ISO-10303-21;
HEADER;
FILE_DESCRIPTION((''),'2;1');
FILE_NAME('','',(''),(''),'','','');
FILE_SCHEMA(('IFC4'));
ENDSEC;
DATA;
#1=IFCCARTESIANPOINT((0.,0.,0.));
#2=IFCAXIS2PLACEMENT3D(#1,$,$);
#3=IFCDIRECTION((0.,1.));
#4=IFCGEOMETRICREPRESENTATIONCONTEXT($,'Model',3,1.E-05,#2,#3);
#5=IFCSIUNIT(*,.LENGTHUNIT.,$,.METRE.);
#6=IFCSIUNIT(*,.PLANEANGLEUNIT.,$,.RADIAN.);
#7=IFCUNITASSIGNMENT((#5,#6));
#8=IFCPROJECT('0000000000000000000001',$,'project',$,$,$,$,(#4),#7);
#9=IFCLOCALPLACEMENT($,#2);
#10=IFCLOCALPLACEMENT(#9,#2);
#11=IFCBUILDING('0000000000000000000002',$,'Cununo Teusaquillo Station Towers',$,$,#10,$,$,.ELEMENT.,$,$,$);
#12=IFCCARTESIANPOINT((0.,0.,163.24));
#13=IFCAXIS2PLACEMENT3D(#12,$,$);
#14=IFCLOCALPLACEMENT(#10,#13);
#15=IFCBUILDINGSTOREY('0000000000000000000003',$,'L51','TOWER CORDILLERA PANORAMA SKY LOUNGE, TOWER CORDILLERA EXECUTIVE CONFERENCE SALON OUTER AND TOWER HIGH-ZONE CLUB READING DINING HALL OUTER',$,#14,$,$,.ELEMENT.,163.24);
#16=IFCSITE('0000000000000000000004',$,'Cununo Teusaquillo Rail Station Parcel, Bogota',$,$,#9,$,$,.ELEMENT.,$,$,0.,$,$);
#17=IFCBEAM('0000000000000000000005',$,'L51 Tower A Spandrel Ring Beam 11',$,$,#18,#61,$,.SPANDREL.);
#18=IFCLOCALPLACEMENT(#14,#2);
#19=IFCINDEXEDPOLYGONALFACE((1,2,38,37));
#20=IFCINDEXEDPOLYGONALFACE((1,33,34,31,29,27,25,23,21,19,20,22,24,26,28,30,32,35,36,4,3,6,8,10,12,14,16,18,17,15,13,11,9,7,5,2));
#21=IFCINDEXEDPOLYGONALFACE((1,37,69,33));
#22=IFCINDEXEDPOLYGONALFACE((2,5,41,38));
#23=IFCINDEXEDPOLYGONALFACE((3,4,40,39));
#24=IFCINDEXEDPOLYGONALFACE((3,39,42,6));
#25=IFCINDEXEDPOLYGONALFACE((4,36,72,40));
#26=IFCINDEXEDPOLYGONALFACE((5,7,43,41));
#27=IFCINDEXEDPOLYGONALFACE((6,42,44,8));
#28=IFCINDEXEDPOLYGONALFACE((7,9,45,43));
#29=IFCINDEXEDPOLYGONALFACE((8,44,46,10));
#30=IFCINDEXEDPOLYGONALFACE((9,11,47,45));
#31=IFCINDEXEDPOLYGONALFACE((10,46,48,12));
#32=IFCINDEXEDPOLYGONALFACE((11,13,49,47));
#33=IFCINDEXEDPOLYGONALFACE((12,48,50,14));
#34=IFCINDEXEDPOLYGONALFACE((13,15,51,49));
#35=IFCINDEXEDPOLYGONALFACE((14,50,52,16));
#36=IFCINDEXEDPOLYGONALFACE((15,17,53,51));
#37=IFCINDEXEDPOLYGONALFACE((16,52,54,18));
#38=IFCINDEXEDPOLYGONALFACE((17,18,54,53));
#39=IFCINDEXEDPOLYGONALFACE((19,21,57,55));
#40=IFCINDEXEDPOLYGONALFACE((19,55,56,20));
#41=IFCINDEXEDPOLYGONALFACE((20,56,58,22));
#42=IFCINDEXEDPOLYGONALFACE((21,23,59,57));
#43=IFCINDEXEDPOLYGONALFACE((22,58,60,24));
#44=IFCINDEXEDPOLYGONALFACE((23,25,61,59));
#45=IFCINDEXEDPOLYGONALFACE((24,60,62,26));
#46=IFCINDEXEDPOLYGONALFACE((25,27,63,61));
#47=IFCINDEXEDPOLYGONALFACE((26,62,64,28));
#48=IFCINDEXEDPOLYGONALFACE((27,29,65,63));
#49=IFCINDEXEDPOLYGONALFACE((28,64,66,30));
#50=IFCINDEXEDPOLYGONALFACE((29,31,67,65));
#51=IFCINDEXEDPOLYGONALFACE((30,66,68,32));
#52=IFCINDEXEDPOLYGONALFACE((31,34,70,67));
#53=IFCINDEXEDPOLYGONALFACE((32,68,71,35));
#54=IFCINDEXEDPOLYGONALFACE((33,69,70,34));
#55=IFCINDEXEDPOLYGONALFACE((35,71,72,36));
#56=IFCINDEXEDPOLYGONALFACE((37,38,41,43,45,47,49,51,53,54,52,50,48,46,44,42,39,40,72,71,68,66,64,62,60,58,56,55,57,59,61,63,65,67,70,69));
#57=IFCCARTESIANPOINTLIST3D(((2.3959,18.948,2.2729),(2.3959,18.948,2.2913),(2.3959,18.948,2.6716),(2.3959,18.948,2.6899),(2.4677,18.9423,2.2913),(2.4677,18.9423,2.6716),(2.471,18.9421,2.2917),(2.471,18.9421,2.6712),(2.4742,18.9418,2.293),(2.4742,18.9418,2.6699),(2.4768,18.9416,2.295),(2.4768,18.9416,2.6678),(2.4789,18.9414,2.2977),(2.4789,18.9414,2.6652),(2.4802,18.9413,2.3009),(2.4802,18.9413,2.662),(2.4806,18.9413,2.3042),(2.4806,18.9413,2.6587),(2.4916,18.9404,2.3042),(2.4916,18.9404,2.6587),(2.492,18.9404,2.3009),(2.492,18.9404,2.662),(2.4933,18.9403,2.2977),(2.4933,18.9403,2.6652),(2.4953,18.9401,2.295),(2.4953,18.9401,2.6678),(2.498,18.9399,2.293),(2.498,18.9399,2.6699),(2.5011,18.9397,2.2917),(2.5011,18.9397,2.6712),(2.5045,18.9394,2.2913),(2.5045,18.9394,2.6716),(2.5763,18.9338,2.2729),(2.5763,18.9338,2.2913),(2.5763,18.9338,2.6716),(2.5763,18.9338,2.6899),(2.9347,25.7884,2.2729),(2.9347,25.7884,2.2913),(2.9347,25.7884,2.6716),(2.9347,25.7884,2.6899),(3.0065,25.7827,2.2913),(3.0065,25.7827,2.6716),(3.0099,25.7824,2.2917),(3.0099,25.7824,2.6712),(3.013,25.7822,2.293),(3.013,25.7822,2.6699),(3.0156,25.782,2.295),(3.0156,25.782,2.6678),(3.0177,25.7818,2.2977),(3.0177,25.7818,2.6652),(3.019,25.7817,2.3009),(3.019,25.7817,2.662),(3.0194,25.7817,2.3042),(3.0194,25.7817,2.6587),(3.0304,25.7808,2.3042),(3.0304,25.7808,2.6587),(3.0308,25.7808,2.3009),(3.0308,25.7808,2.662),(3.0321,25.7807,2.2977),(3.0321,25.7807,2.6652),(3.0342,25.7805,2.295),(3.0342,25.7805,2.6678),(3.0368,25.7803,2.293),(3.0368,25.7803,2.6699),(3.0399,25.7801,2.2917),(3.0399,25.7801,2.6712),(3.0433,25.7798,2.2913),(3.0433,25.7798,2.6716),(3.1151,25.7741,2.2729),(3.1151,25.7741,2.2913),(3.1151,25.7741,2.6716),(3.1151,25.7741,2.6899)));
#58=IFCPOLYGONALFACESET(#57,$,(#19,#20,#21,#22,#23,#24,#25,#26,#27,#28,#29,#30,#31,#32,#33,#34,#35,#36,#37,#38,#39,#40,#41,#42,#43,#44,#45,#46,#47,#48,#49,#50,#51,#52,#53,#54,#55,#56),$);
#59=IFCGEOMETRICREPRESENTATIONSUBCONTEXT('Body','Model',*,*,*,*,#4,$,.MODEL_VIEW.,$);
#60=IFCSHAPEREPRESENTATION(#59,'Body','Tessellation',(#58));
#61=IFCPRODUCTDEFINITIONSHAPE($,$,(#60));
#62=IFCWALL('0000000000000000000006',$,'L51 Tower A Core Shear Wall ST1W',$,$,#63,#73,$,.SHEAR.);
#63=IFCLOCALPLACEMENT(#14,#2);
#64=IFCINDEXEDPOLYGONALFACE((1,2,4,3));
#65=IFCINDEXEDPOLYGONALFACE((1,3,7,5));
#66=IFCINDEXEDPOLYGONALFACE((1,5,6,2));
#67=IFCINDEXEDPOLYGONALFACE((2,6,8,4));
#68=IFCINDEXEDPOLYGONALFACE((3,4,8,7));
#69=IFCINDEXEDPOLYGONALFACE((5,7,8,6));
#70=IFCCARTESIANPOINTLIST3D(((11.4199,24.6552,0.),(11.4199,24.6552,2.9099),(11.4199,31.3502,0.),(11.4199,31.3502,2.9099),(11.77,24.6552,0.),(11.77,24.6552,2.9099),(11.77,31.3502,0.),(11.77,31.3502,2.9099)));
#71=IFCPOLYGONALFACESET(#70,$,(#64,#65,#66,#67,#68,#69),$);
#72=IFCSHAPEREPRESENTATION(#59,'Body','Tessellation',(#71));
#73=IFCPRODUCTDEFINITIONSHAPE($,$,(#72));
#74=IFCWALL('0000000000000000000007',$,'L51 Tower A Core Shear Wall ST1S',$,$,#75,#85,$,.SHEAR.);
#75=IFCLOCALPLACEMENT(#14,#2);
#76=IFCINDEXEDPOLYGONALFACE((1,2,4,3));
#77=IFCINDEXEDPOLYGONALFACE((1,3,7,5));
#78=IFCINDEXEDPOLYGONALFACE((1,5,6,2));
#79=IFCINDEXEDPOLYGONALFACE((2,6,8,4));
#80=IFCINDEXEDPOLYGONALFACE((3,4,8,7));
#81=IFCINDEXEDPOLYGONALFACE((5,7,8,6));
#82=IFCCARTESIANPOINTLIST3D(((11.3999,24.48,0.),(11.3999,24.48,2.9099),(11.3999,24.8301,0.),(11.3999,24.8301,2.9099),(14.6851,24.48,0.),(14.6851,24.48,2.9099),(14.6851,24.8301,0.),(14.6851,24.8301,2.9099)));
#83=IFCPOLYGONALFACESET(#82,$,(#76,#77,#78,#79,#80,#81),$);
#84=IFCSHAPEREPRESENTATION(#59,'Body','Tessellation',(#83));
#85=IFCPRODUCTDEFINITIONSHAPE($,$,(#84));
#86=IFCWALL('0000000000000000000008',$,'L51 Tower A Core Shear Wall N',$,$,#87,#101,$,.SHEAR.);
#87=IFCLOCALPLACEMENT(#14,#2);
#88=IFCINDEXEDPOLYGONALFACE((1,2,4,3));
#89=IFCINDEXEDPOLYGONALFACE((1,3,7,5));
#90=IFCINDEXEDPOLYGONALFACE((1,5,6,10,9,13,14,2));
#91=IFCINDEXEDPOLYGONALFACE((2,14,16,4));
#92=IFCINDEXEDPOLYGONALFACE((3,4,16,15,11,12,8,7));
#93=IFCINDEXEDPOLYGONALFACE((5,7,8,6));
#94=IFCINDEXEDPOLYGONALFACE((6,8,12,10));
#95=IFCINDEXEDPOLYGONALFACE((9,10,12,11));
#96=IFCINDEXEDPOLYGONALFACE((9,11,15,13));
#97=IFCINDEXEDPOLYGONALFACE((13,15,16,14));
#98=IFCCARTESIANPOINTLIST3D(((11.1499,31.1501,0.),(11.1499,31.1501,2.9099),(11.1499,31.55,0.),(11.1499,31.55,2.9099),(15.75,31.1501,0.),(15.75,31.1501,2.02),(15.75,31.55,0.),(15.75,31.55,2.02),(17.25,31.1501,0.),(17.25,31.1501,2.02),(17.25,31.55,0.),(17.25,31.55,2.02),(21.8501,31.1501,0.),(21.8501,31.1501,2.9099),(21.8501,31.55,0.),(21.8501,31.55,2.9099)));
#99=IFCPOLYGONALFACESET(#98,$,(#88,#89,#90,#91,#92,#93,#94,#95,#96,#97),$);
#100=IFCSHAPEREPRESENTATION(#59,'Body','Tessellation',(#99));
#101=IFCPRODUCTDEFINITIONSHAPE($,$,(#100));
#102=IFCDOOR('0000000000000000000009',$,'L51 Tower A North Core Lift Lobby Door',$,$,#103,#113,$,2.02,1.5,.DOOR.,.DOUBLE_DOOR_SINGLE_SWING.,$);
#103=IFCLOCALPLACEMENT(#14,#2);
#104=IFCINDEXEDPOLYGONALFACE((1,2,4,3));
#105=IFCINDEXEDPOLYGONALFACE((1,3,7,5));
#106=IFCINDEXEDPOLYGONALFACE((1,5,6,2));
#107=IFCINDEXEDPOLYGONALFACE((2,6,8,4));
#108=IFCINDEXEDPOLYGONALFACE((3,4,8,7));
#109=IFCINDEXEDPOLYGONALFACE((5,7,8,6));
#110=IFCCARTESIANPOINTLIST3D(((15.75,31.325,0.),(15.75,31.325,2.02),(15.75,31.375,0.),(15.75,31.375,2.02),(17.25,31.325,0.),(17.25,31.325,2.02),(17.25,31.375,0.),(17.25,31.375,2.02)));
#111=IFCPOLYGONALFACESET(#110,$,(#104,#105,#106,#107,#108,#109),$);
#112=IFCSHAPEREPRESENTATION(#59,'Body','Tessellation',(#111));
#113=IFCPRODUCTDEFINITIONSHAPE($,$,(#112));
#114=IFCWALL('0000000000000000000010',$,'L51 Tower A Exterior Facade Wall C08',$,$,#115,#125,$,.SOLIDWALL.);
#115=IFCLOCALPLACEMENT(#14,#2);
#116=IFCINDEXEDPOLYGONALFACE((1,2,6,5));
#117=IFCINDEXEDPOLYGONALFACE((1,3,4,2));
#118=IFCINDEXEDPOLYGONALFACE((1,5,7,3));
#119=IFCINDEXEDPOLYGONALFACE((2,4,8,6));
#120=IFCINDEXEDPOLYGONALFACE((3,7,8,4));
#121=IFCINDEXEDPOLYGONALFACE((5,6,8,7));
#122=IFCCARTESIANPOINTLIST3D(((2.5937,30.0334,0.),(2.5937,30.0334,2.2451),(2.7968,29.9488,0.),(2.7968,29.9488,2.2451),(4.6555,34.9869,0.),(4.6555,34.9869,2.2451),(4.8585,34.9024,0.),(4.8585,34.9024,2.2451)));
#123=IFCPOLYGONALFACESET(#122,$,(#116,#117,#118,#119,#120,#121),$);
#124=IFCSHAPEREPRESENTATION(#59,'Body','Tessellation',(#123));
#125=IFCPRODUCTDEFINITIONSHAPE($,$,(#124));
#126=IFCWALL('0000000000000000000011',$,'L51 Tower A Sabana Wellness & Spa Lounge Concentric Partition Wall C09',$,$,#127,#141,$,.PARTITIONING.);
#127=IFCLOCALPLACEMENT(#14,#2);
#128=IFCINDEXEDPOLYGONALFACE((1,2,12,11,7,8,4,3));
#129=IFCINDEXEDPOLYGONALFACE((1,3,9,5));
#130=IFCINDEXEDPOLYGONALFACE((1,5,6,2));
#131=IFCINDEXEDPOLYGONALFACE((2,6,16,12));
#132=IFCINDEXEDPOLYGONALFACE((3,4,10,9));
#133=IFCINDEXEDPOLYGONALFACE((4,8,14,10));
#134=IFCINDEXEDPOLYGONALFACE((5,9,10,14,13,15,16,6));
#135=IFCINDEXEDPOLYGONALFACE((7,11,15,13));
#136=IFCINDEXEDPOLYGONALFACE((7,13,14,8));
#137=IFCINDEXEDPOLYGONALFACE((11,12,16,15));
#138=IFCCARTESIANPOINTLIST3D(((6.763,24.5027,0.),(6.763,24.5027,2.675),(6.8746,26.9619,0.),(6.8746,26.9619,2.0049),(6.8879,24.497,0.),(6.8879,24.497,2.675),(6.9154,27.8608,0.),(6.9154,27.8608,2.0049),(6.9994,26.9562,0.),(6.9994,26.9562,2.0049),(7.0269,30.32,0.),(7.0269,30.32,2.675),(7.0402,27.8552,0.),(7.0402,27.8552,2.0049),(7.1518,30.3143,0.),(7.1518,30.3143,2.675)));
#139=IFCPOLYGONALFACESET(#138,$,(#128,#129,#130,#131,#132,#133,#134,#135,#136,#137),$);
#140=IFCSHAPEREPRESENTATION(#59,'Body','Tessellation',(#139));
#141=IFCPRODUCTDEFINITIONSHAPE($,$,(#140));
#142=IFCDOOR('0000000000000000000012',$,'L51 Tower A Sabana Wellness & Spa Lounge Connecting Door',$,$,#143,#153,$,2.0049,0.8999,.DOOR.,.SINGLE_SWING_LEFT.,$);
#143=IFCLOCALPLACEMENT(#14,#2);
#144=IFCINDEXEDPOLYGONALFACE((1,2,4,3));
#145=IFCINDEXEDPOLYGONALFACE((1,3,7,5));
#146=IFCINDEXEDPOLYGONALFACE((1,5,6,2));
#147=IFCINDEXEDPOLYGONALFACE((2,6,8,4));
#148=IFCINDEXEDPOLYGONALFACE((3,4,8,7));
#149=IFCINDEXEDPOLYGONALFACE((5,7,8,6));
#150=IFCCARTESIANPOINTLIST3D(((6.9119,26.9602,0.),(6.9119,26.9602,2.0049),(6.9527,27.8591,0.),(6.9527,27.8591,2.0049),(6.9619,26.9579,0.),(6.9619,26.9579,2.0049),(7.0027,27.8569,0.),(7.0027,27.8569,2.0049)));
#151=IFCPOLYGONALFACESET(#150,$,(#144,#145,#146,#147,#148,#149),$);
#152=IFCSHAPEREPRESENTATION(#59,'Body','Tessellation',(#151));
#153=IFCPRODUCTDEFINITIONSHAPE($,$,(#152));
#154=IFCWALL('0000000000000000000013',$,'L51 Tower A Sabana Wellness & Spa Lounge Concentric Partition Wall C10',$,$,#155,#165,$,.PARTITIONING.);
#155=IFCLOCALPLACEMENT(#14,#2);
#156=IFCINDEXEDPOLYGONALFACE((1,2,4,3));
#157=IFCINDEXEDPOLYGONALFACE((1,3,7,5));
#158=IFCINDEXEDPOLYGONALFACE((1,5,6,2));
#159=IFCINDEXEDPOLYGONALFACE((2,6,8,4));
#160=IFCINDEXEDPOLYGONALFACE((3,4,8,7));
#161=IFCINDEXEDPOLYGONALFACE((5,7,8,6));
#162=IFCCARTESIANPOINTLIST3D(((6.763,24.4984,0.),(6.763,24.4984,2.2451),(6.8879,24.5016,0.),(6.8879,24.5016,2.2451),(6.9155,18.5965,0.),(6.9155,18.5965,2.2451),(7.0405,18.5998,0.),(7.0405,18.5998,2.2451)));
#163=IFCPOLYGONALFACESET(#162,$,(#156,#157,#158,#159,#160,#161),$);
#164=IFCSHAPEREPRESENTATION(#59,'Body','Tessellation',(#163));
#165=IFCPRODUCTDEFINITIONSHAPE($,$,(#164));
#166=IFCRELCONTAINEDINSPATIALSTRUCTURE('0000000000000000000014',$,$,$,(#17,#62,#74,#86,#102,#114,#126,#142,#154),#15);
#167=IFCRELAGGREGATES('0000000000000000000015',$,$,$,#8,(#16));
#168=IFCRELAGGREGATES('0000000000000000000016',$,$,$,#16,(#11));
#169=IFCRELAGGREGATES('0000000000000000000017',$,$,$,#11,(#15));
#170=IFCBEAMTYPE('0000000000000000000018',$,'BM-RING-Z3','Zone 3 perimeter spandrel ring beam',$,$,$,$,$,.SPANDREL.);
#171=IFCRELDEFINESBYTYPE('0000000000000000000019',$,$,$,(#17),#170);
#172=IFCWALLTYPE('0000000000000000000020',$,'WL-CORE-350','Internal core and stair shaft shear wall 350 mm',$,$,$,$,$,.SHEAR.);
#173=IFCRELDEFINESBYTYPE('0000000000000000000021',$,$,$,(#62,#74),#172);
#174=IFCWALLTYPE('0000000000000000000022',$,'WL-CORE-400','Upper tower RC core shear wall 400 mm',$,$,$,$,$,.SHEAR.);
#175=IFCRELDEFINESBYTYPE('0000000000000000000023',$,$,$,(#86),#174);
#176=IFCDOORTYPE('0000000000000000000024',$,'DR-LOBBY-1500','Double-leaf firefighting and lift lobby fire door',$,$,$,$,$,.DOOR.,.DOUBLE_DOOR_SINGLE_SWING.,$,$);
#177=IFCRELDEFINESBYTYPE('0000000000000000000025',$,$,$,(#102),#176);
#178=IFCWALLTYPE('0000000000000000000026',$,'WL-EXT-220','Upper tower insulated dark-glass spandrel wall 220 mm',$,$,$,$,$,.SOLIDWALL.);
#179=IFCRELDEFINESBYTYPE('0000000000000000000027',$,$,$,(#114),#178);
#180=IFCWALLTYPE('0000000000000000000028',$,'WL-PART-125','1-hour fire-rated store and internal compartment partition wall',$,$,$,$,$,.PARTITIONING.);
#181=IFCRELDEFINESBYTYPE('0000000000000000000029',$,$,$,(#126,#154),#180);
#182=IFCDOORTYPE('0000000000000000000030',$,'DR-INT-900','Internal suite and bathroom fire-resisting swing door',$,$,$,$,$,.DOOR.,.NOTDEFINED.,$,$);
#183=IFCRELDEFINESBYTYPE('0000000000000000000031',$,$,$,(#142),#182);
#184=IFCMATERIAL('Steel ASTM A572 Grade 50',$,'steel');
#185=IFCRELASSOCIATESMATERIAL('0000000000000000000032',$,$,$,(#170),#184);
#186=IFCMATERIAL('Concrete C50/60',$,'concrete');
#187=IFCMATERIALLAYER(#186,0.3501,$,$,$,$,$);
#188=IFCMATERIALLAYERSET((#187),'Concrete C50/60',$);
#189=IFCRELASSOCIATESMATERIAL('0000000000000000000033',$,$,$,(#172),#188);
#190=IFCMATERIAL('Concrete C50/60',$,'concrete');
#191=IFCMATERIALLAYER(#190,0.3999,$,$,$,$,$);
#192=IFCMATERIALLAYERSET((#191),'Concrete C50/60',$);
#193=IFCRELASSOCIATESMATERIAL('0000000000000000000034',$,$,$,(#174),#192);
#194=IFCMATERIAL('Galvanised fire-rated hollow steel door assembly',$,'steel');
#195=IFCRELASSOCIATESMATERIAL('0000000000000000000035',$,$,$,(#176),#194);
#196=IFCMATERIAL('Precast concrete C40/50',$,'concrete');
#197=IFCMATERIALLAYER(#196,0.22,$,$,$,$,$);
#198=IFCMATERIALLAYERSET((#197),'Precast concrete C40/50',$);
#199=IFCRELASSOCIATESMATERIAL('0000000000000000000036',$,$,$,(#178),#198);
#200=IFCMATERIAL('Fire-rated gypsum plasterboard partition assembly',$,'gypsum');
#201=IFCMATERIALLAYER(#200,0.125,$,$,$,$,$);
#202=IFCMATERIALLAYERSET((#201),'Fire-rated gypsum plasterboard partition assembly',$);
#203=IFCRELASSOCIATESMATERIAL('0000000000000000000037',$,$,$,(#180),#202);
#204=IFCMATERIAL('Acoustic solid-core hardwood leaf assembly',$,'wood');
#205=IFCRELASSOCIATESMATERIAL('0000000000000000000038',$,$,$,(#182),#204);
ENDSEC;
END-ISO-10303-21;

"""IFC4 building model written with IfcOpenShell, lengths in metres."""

from ifc_helpers import new_model, si_unit, direction, frame, frame_2d, origin, origin_2d, place, context, subcontext, project, spatial, rectangle, i_section, extrude, source, transform, mapped, material, layer, layer_set, material_profile, profile_set, type_object, element, fill, save


model = new_model("IFC4")

# Units and contexts
model_context = context("Model", 3, precision=1e-05, world=origin(), true_north=direction((0.0, 1.0)))
body_context = subcontext(model_context, "Body", "Model", "MODEL_VIEW")
ifc_project = project(units=[si_unit("LENGTHUNIT", "METRE"), si_unit("PLANEANGLEUNIT", "RADIAN")], contexts=[model_context])

# Site, building, storey
site_placement = place(None, origin())
site = spatial("IfcSite", under=ifc_project, at=site_placement, Name="Cununo Teusaquillo Rail Station Parcel, Bogota", CompositionType="ELEMENT", RefElevation=0.0)
building_placement = place(site_placement, origin())
building = spatial("IfcBuilding", under=site, at=building_placement, Name="Cununo Teusaquillo Station Towers", CompositionType="ELEMENT")
storey_placement = place(building_placement, frame((0.0, 0.0, 163.24)))
storey = spatial("IfcBuildingStorey", under=building, at=storey_placement, Name="L51", Description="TOWER CORDILLERA PANORAMA SKY LOUNGE, TOWER CORDILLERA EXECUTIVE CONFERENCE SALON OUTER AND TOWER HIGH-ZONE CLUB READING DINING HALL OUTER", CompositionType="ELEMENT", Elevation=163.24)

# Beam
ifc_material_1 = material(Name="Steel ASTM A572 Grade 50", Category="steel")
ifc_material_profile_1 = material_profile(ifc_material_1, i_section(OverallWidth=0.1809, OverallDepth=0.417, WebThickness=0.011, FlangeThickness=0.0183, FilletRadius=0.0129, at=origin_2d()), Name="W16X57")
ifc_profile_set_1 = profile_set([ifc_material_profile_1], Name="Steel ASTM A572 Grade 50")
beam_type_1 = type_object("IfcBeamType", Name="BM-RING-Z3", Description="Zone 3 perimeter spandrel ring beam", PredefinedType="SPANDREL", material=ifc_profile_set_1)
beam_1_placement = place(storey_placement, frame((3.0249, 25.7812, 2.4814), z_axis=(-0.078528, -0.996912, 0.0), x_axis=(0.996912, -0.078528, 0.0)))
element("IfcBeam", 1, at=beam_1_placement, inside=storey, type_object=beam_type_1, Name="L51 Tower A Spandrel Ring Beam 11", PredefinedType="SPANDREL", context=body_context, shape_type="SweptSolid", body=[
    extrude(i_section(OverallWidth=0.1809, OverallDepth=0.417, WebThickness=0.011, FlangeThickness=0.0183, FilletRadius=0.0129, at=origin_2d()), origin(), (0.0, 0.0, 1.0), 6.8616),
])

# Walls
ifc_material_2 = material(Name="Concrete C50/60", Category="concrete")
ifc_layer_1 = layer(ifc_material_2, 0.3501)
ifc_layer_set_1 = layer_set([ifc_layer_1], Name="Concrete C50/60")
wall_type_1 = type_object("IfcWallType", Name="WL-CORE-350", Description="Internal core and stair shaft shear wall 350 mm", PredefinedType="SHEAR", material=ifc_layer_set_1)
wall_1_placement = place(storey_placement, frame((11.595, 24.655, 0.0), z_axis=(0.0, 0.0, 1.0), x_axis=(0.0, 1.0, 0.0)))
element("IfcWall", 2, at=wall_1_placement, inside=storey, type_object=wall_type_1, Name="L51 Tower A Core Shear Wall ST1W", PredefinedType="SHEAR", context=body_context, shape_type="SweptSolid", body=[
    extrude(rectangle(XDim=6.6951, YDim=0.3501, at=frame_2d((3.3477, 0.0))), origin(), (0.0, 0.0, 1.0), 2.9099),
])
wall_2_placement = place(storey_placement, frame((11.3999, 24.655, 0.0), z_axis=(0.0, 0.0, 1.0), x_axis=(1.0, 0.0, 0.0)))
element("IfcWall", 3, at=wall_2_placement, inside=storey, type_object=wall_type_1, Name="L51 Tower A Core Shear Wall ST1S", PredefinedType="SHEAR", context=body_context, shape_type="SweptSolid", body=[
    extrude(rectangle(XDim=3.2852, YDim=0.3501, at=frame_2d((1.6426, 0.0))), origin(), (0.0, 0.0, 1.0), 2.9099),
])

# Wall, opening, door
ifc_material_3 = material(Name="Concrete C50/60", Category="concrete")
ifc_layer_2 = layer(ifc_material_3, 0.3999)
ifc_layer_set_2 = layer_set([ifc_layer_2], Name="Concrete C50/60")
wall_type_2 = type_object("IfcWallType", Name="WL-CORE-400", Description="Upper tower RC core shear wall 400 mm", PredefinedType="SHEAR", material=ifc_layer_set_2)
wall_3_placement = place(storey_placement, frame((11.1499, 31.3501, 0.0), z_axis=(0.0, 0.0, 1.0), x_axis=(1.0, 0.0, 0.0)))
wall_3 = element("IfcWall", 4, at=wall_3_placement, inside=storey, type_object=wall_type_2, Name="L51 Tower A Core Shear Wall N", PredefinedType="SHEAR", context=body_context, shape_type="SweptSolid", body=[
    extrude(rectangle(XDim=10.7002, YDim=0.3999, at=frame_2d((5.3501, 0.0))), origin(), (0.0, 0.0, 1.0), 2.9099),
])
shared_shape_1 = source(origin(), body_context, "Body", "SweptSolid", [
    extrude(rectangle(XDim=1.5, YDim=2.02, at=frame_2d((0.75, 1.01))), frame((0.0, 0.21, 0.0), z_axis=(0.0, -1.0, 0.0), x_axis=(1.0, 0.0, 0.0)), (0.0, 0.0, 1.0), 0.4199),
])
opening_1_placement = place(wall_3_placement, frame((4.6001, 0.0, 0.0)))
opening_1 = element("IfcOpeningElement", 5, at=opening_1_placement, cuts=wall_3, PredefinedType="OPENING", context=body_context, shape_type="MappedRepresentation", body=[
    mapped(shared_shape_1, transform((0.0, 0.0, 0.0), x_axis=(1.0, 0.0, 0.0), y_axis=(0.0, 1.0, 0.0), z_axis=(0.0, 0.0, 1.0), scale=1.0)),
])
ifc_material_4 = material(Name="Galvanised fire-rated hollow steel door assembly", Category="steel")
door_type_1 = type_object("IfcDoorType", Name="DR-LOBBY-1500", Description="Double-leaf firefighting and lift lobby fire door", OperationType="DOUBLE_DOOR_SINGLE_SWING", PredefinedType="DOOR", material=ifc_material_4)
shared_shape_2 = source(origin(), body_context, "Body", "SweptSolid", [
    extrude(rectangle(XDim=1.5, YDim=2.02, at=frame_2d((0.75, 1.01))), frame((0.0, 0.0249, 0.0), z_axis=(0.0, -1.0, 0.0), x_axis=(1.0, 0.0, 0.0)), (0.0, 0.0, 1.0), 0.05),
])
door_1_placement = place(opening_1_placement, origin())
door_1 = element("IfcDoor", 6, at=door_1_placement, inside=storey, type_object=door_type_1, Name="L51 Tower A North Core Lift Lobby Door", OperationType="DOUBLE_DOOR_SINGLE_SWING", OverallHeight=2.02, OverallWidth=1.5, PredefinedType="DOOR", context=body_context, shape_type="MappedRepresentation", body=[
    mapped(shared_shape_2, transform((0.0, 0.0, 0.0), x_axis=(1.0, 0.0, 0.0), y_axis=(0.0, 1.0, 0.0), z_axis=(0.0, 0.0, 1.0), scale=1.0)),
])
fill(opening_1, door_1)

# Wall
ifc_material_5 = material(Name="Precast concrete C40/50", Category="concrete")
ifc_layer_3 = layer(ifc_material_5, 0.22)
ifc_layer_set_3 = layer_set([ifc_layer_3], Name="Precast concrete C40/50")
wall_type_3 = type_object("IfcWallType", Name="WL-EXT-220", Description="Upper tower insulated dark-glass spandrel wall 220 mm", PredefinedType="SOLIDWALL", material=ifc_layer_set_3)
wall_4_placement = place(storey_placement, frame((2.6953, 29.9912, 0.0), z_axis=(0.0, 0.0, 1.0), x_axis=(0.38426, 0.923225, 0.0)))
element("IfcWall", 7, at=wall_4_placement, inside=storey, type_object=wall_type_3, Name="L51 Tower A Exterior Facade Wall C08", PredefinedType="SOLIDWALL", context=body_context, shape_type="SweptSolid", body=[
    extrude(rectangle(XDim=5.3655, YDim=0.22, at=frame_2d((2.6826, 0.0))), origin(), (0.0, 0.0, 1.0), 2.2451),
])

# Wall, opening, door
ifc_material_6 = material(Name="Fire-rated gypsum plasterboard partition assembly", Category="gypsum")
ifc_layer_4 = layer(ifc_material_6, 0.125)
ifc_layer_set_4 = layer_set([ifc_layer_4], Name="Fire-rated gypsum plasterboard partition assembly")
wall_type_4 = type_object("IfcWallType", Name="WL-PART-125", Description="1-hour fire-rated store and internal compartment partition wall", PredefinedType="PARTITIONING", material=ifc_layer_set_4)
wall_5_placement = place(storey_placement, frame((7.0894, 30.3171, 0.0), z_axis=(0.0, 0.0, 1.0), x_axis=(-0.045322, -0.998972, 0.0)))
wall_5 = element("IfcWall", 8, at=wall_5_placement, inside=storey, type_object=wall_type_4, Name="L51 Tower A Sabana Wellness & Spa Lounge Concentric Partition Wall C09", PredefinedType="PARTITIONING", context=body_context, shape_type="SweptSolid", body=[
    extrude(rectangle(XDim=5.8232, YDim=0.125, at=frame_2d((2.9116, 0.0))), origin(), (0.0, 0.0, 1.0), 2.675),
])
shared_shape_3 = source(origin(), body_context, "Body", "SweptSolid", [
    extrude(rectangle(XDim=0.8999, YDim=2.0049, at=frame_2d((0.45, 1.0024))), frame((0.0, 0.0725, 0.0), z_axis=(0.0, -1.0, 0.0), x_axis=(1.0, 0.0, 0.0)), (0.0, 0.0, 1.0), 0.145),
])
opening_2_placement = place(wall_5_placement, frame((2.4617, 0.0, 0.0)))
opening_2 = element("IfcOpeningElement", 9, at=opening_2_placement, cuts=wall_5, PredefinedType="OPENING", context=body_context, shape_type="MappedRepresentation", body=[
    mapped(shared_shape_3, transform((0.0, 0.0, 0.0), x_axis=(1.0, 0.0, 0.0), y_axis=(0.0, 1.0, 0.0), z_axis=(0.0, 0.0, 1.0), scale=1.0)),
])
ifc_material_7 = material(Name="Acoustic solid-core hardwood leaf assembly", Category="wood")
door_type_2 = type_object("IfcDoorType", Name="DR-INT-900", Description="Internal suite and bathroom fire-resisting swing door", OperationType="NOTDEFINED", PredefinedType="DOOR", material=ifc_material_7)
shared_shape_4 = source(origin(), body_context, "Body", "SweptSolid", [
    extrude(rectangle(XDim=0.8999, YDim=2.0049, at=frame_2d((0.45, 1.0024))), frame((0.0, 0.0249, 0.0), z_axis=(0.0, -1.0, 0.0), x_axis=(1.0, 0.0, 0.0)), (0.0, 0.0, 1.0), 0.05),
])
door_2_placement = place(opening_2_placement, origin())
door_2 = element("IfcDoor", 10, at=door_2_placement, inside=storey, type_object=door_type_2, Name="L51 Tower A Sabana Wellness & Spa Lounge Connecting Door", OperationType="SINGLE_SWING_LEFT", OverallHeight=2.0049, OverallWidth=0.8999, PredefinedType="DOOR", context=body_context, shape_type="MappedRepresentation", body=[
    mapped(shared_shape_4, transform((0.0, 0.0, 0.0), x_axis=(1.0, 0.0, 0.0), y_axis=(0.0, 1.0, 0.0), z_axis=(0.0, 0.0, 1.0), scale=1.0)),
])
fill(opening_2, door_2)

# Wall
wall_6_placement = place(storey_placement, frame((6.8254, 24.5, 0.0), z_axis=(0.0, 0.0, 1.0), x_axis=(0.025846, -0.999666, 0.0)))
element("IfcWall", 11, at=wall_6_placement, inside=storey, type_object=wall_type_4, Name="L51 Tower A Sabana Wellness & Spa Lounge Concentric Partition Wall C10", PredefinedType="PARTITIONING", context=body_context, shape_type="SweptSolid", body=[
    extrude(rectangle(XDim=5.9038, YDim=0.125, at=frame_2d((2.9519, 0.0))), origin(), (0.0, 0.0, 1.0), 2.2451),
])

save(model, "model.ifc")
